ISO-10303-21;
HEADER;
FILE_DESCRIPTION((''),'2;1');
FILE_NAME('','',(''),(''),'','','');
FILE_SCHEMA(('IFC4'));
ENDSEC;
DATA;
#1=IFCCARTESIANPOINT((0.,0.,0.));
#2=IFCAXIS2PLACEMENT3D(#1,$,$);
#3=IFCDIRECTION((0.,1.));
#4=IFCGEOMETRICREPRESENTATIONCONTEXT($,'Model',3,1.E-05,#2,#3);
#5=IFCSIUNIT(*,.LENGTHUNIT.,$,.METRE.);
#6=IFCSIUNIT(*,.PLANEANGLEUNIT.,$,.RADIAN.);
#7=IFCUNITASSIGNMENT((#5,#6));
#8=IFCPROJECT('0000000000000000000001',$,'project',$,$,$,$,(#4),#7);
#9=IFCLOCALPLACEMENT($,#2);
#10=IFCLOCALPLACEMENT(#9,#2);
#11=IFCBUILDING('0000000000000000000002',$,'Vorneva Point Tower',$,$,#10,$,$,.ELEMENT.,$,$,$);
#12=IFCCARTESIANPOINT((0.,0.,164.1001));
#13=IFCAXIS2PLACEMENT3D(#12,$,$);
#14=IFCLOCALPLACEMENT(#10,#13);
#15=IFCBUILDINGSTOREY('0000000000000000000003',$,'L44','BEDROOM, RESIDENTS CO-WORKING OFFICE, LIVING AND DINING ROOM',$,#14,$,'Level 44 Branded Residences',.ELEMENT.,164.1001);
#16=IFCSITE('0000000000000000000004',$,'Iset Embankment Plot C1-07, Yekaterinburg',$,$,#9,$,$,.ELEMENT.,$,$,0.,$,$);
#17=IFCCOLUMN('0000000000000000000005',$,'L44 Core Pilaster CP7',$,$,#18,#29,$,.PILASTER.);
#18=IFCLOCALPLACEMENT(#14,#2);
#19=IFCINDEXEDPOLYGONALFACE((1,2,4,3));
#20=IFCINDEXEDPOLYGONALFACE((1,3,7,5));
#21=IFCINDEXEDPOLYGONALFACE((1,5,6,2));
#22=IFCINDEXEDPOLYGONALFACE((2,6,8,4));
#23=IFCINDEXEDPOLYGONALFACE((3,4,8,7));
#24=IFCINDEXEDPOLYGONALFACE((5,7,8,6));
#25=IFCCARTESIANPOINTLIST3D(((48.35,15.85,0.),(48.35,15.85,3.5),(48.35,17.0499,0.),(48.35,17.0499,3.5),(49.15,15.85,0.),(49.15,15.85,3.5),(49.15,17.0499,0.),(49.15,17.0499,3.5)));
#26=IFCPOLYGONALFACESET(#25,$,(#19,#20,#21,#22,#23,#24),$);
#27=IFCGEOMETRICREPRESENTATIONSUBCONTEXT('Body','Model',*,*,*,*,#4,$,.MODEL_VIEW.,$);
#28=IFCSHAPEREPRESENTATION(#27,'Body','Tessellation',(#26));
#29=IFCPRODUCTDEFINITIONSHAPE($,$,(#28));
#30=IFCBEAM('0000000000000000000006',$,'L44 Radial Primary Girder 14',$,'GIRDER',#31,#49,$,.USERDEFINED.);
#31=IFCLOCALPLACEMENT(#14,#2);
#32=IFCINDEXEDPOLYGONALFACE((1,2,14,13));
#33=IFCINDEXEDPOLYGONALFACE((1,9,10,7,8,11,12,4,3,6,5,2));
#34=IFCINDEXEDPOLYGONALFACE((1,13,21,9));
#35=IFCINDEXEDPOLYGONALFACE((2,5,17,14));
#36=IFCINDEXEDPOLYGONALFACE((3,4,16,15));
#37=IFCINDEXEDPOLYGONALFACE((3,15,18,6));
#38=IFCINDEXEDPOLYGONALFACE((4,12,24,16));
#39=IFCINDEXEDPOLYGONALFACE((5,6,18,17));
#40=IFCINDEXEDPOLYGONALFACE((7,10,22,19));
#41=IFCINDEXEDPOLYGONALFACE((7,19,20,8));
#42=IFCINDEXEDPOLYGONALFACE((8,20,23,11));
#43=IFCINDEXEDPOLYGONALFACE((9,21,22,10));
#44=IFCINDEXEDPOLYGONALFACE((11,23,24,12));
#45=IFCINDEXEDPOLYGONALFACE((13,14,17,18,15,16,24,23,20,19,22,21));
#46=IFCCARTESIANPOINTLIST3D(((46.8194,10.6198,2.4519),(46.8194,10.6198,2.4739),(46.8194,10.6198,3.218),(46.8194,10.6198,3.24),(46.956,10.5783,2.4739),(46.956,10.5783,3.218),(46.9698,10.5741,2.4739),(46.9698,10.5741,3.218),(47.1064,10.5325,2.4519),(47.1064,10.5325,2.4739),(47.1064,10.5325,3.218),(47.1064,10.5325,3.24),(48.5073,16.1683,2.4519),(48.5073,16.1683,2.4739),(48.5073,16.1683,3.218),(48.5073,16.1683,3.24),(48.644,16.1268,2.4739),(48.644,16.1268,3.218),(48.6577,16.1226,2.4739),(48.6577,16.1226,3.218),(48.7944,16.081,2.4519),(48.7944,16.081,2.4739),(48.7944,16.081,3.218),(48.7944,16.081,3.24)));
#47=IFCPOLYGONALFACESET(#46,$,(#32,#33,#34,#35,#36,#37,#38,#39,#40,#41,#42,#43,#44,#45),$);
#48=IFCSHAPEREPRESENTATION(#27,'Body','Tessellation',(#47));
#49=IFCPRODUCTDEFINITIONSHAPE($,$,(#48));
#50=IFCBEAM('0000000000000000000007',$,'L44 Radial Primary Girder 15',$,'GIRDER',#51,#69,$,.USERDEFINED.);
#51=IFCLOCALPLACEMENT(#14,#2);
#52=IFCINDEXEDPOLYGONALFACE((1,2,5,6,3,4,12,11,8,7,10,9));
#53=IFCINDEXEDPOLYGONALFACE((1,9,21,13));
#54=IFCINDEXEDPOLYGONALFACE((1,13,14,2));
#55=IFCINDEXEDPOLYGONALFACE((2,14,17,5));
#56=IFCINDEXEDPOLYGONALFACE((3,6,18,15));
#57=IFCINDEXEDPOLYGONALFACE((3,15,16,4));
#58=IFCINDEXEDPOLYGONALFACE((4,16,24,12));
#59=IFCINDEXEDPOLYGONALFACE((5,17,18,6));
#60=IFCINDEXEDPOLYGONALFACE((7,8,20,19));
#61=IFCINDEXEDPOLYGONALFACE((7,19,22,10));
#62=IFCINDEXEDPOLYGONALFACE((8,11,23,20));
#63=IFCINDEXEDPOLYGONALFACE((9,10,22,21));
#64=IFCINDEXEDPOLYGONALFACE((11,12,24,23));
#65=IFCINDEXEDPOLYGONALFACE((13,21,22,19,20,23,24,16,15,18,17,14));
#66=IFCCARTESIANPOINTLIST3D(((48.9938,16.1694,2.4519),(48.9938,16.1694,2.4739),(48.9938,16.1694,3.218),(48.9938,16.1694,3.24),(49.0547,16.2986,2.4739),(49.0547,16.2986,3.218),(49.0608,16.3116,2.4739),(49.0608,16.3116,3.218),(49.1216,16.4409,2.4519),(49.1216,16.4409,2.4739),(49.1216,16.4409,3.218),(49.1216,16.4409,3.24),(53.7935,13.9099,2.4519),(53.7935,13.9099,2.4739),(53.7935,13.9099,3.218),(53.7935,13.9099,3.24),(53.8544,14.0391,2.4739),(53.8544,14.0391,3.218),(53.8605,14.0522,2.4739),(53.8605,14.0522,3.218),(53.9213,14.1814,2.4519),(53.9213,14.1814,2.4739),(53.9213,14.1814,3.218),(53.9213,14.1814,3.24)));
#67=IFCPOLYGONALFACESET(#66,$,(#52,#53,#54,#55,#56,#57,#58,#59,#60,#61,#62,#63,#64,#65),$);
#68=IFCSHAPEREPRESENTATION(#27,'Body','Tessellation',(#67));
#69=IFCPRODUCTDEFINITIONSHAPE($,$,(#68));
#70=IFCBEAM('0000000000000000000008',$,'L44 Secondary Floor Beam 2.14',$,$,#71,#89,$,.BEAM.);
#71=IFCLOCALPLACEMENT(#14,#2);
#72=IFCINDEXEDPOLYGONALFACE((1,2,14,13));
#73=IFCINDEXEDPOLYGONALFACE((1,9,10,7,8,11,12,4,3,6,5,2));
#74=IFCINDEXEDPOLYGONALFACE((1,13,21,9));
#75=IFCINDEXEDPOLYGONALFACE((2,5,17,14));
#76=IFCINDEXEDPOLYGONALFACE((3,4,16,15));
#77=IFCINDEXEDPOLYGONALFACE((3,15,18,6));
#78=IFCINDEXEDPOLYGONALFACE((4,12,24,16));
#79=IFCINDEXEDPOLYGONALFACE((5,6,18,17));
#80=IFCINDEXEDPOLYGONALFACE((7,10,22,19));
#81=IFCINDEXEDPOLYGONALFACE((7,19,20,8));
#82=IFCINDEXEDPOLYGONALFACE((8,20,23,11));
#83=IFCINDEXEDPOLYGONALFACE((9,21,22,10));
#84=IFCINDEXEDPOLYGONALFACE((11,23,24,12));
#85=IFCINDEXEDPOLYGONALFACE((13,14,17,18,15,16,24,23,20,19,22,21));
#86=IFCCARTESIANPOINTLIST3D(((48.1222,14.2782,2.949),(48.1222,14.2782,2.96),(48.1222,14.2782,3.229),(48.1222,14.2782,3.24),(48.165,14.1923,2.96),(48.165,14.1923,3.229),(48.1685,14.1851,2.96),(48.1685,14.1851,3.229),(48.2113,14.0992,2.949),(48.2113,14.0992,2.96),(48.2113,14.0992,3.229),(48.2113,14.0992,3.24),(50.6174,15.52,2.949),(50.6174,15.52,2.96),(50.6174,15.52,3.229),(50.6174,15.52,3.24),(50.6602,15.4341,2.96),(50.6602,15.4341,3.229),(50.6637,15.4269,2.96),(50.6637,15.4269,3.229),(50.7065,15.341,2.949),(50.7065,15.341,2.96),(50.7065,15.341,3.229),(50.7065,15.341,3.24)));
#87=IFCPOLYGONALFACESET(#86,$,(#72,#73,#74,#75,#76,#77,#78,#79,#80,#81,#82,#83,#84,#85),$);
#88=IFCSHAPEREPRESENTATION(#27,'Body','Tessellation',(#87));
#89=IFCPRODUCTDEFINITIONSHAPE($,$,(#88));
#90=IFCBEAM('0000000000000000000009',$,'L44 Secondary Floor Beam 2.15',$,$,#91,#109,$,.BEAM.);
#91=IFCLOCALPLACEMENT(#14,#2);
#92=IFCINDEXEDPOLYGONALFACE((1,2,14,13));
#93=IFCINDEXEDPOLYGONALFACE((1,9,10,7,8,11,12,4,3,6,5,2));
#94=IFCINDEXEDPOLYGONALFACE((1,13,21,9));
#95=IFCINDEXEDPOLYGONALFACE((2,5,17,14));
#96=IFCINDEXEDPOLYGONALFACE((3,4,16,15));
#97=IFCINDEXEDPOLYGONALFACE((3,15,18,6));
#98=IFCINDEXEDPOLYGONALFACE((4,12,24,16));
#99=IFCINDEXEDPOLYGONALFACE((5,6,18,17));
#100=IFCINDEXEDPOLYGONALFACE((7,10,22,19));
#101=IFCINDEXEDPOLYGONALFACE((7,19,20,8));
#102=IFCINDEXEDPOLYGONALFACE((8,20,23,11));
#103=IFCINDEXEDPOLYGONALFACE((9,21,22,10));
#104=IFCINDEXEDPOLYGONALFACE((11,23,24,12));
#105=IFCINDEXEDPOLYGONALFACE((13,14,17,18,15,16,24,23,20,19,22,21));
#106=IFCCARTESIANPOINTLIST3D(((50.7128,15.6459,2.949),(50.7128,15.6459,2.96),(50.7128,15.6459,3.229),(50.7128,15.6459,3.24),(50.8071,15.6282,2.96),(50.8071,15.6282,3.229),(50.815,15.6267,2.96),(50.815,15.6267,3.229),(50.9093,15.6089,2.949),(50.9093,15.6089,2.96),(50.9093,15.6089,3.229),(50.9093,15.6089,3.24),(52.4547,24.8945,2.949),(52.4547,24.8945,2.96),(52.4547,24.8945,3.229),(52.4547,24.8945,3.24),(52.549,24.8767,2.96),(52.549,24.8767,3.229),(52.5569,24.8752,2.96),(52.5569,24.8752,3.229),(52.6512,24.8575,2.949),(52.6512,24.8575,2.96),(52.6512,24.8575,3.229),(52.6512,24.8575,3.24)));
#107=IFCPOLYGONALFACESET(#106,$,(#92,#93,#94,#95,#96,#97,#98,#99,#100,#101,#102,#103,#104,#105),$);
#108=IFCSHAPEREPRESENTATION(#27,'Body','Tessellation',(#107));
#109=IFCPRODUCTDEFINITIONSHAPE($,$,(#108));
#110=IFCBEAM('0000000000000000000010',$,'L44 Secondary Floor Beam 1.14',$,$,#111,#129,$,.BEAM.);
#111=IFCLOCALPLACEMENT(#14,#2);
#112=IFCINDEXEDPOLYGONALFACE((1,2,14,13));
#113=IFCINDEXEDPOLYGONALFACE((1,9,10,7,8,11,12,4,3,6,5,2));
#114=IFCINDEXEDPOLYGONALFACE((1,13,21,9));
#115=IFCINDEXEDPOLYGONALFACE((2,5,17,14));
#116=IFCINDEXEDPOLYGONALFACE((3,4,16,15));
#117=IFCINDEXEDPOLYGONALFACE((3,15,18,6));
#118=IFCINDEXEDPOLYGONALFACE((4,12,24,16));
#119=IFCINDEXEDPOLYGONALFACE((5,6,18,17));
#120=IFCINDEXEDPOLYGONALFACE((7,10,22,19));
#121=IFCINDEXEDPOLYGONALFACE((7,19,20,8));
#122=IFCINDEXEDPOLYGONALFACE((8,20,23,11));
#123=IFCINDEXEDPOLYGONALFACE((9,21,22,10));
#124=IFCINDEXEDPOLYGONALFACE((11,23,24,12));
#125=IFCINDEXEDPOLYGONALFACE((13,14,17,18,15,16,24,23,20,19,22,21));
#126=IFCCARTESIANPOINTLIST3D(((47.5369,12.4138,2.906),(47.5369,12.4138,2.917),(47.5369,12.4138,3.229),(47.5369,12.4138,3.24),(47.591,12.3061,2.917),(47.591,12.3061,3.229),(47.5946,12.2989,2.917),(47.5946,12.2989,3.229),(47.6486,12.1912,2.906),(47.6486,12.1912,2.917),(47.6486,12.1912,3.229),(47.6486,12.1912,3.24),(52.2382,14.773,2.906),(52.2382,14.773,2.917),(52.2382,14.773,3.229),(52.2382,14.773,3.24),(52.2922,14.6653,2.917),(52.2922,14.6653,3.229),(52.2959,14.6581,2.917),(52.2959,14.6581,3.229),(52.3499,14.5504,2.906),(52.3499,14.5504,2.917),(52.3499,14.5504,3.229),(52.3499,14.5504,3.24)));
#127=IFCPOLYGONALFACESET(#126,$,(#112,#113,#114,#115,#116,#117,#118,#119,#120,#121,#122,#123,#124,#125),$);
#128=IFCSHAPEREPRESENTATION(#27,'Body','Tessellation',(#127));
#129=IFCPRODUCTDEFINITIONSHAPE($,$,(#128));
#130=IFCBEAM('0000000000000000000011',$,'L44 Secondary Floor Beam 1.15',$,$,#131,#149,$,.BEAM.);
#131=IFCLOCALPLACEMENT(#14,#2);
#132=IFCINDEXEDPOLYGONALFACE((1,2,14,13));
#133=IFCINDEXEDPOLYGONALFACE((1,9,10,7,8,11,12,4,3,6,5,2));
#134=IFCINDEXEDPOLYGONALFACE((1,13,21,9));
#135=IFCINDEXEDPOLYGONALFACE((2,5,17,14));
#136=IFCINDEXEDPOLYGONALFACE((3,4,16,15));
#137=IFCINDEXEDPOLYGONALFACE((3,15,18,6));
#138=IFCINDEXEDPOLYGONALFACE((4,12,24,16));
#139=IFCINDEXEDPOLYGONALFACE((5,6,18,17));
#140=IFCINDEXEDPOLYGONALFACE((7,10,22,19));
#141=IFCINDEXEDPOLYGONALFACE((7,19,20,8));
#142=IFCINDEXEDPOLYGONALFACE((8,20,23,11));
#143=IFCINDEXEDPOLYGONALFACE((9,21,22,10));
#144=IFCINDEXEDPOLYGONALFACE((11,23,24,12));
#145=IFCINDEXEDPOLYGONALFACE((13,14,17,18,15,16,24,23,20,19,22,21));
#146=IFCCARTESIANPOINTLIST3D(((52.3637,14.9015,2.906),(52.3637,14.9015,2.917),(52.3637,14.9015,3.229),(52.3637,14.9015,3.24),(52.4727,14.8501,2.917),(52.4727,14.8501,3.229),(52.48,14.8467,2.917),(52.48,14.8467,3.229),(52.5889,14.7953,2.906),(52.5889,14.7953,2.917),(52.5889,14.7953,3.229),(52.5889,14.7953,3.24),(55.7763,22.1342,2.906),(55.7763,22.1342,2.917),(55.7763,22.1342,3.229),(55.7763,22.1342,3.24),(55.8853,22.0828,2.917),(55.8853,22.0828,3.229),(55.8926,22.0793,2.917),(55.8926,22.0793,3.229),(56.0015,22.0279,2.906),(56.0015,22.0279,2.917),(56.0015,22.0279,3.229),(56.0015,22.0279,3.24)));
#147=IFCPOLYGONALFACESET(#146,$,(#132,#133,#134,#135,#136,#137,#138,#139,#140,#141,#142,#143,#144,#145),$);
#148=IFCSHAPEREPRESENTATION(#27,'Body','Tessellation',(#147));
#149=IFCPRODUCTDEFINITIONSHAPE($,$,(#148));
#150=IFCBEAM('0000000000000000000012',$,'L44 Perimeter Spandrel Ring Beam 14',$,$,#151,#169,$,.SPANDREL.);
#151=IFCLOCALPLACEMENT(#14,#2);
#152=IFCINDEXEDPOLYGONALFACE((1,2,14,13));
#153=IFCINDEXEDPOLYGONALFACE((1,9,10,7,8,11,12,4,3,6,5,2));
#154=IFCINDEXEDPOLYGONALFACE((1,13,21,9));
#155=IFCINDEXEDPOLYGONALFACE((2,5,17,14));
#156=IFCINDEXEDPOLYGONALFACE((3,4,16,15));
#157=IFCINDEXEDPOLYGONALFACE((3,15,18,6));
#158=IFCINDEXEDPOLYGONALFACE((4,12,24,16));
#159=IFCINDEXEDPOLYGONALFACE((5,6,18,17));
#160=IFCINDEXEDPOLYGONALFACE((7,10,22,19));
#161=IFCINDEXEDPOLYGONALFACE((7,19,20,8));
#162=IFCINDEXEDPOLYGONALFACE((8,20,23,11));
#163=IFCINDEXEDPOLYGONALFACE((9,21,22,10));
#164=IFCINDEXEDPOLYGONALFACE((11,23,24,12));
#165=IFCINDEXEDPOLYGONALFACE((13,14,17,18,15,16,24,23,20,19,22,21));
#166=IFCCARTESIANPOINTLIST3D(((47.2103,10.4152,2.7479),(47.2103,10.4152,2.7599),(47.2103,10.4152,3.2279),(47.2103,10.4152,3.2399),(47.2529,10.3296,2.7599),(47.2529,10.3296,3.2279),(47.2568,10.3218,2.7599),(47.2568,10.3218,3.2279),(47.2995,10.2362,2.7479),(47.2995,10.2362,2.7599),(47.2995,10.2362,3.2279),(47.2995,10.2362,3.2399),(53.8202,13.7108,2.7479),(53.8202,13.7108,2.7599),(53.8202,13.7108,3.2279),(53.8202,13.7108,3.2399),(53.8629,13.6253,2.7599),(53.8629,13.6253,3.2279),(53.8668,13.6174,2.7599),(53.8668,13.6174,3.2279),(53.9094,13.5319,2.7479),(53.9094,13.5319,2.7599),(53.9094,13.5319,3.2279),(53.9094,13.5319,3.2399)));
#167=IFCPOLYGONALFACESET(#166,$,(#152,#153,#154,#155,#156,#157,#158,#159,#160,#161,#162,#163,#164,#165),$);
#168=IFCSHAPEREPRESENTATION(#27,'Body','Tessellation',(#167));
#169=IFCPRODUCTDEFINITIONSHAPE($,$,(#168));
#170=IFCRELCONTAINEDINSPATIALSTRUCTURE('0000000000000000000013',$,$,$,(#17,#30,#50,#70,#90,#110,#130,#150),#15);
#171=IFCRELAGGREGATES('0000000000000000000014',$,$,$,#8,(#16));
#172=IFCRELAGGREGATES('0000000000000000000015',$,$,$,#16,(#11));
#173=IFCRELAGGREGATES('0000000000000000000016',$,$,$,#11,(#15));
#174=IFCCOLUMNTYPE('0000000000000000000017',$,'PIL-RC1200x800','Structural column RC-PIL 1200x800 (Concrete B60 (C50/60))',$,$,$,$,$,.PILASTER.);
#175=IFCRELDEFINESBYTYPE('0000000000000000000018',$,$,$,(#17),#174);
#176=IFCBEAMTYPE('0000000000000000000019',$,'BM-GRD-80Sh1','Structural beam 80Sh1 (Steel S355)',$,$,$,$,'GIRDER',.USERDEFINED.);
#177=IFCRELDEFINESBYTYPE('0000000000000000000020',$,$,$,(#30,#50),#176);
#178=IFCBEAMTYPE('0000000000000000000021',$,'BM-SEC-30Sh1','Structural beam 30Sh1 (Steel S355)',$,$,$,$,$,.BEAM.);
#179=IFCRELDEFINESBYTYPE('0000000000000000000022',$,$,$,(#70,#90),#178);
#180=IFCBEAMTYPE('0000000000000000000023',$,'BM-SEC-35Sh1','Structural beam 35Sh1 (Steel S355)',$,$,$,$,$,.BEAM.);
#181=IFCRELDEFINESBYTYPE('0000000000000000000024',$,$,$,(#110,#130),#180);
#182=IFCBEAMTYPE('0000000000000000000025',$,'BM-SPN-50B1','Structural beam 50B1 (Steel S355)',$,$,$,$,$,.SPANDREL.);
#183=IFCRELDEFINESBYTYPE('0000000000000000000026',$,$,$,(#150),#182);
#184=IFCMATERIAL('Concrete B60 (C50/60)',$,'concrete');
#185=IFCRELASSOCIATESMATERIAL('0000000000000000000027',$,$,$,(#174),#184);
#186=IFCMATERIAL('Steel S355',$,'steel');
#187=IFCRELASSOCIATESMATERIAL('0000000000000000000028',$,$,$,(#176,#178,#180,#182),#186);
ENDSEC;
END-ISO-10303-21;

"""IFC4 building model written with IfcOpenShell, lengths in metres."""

from ifc_helpers import new_model, si_unit, direction, frame, origin, origin_2d, place, context, subcontext, project, spatial, rectangle, i_section, extrude, material, material_profile, profile_set, type_object, element, save


model = new_model("IFC4")

# Units and contexts
model_context = context("Model", 3, precision=1e-05, world=origin(), true_north=direction((0.0, 1.0)))
body_context = subcontext(model_context, "Body", "Model", "MODEL_VIEW")
ifc_project = project(units=[si_unit("LENGTHUNIT", "METRE"), si_unit("PLANEANGLEUNIT", "RADIAN")], contexts=[model_context])

# Site, building, storey
site_placement = place(None, origin())
site = spatial("IfcSite", under=ifc_project, at=site_placement, Name="Iset Embankment Plot C1-07, Yekaterinburg", CompositionType="ELEMENT", RefElevation=0.0)
building_placement = place(site_placement, origin())
building = spatial("IfcBuilding", under=site, at=building_placement, Name="Vorneva Point Tower", CompositionType="ELEMENT")
storey_placement = place(building_placement, frame((0.0, 0.0, 164.1001)))
storey = spatial("IfcBuildingStorey", under=building, at=storey_placement, Name="L44", Description="BEDROOM, RESIDENTS CO-WORKING OFFICE, LIVING AND DINING ROOM", LongName="Level 44 Branded Residences", CompositionType="ELEMENT", Elevation=164.1001)

# Column
ifc_material_1 = material(Name="Concrete B60 (C50/60)", Category="concrete")
ifc_material_profile_1 = material_profile(ifc_material_1, rectangle(XDim=0.8, YDim=1.2, at=origin_2d()), Name="RC-PIL 1200x800")
ifc_profile_set_1 = profile_set([ifc_material_profile_1], Name="Concrete B60 (C50/60)")
column_type_1 = type_object("IfcColumnType", Name="PIL-RC1200x800", Description="Structural column RC-PIL 1200x800 (Concrete B60 (C50/60))", PredefinedType="PILASTER", material=ifc_profile_set_1)
column_placement = place(storey_placement, frame((48.75, 16.45, 0.0), z_axis=(0.0, 0.0, 1.0), x_axis=(1.0, 0.0, 0.0)))
element("IfcColumn", 1, at=column_placement, inside=storey, type_object=column_type_1, Name="L44 Core Pilaster CP7", PredefinedType="PILASTER", context=body_context, shape_type="SweptSolid", body=[
    extrude(rectangle(XDim=0.8, YDim=1.2, at=origin_2d()), origin(), (0.0, 0.0, 1.0), 3.5),
])

# Beams
ifc_material_2 = material(Name="Steel S355", Category="steel")
ifc_material_profile_2 = material_profile(ifc_material_2, i_section(OverallWidth=0.3, OverallDepth=0.7881, WebThickness=0.0144, FlangeThickness=0.022, at=origin_2d()), Name="80Sh1")
ifc_profile_set_2 = profile_set([ifc_material_profile_2], Name="Steel S355")
beam_type_1 = type_object("IfcBeamType", Name="BM-GRD-80Sh1", Description="Structural beam 80Sh1 (Steel S355)", ElementType="GIRDER", PredefinedType="USERDEFINED", material=ifc_profile_set_2)
beam_1_placement = place(storey_placement, frame((46.9629, 10.5762, 2.8459), z_axis=(0.291049, 0.956708, 0.0), x_axis=(-0.956708, 0.291049, 0.0)))
element("IfcBeam", 2, at=beam_1_placement, inside=storey, type_object=beam_type_1, Name="L44 Radial Primary Girder 14", ObjectType="GIRDER", PredefinedType="USERDEFINED", context=body_context, shape_type="SweptSolid", body=[
    extrude(i_section(OverallWidth=0.3, OverallDepth=0.7881, WebThickness=0.0144, FlangeThickness=0.022, at=origin_2d()), origin(), (0.0, 0.0, 1.0), 5.7996),
])
beam_2_placement = place(storey_placement, frame((53.8574, 14.0457, 2.8459), z_axis=(-0.904761, 0.425919, 0.0), x_axis=(-0.425919, -0.904761, 0.0)))
element("IfcBeam", 3, at=beam_2_placement, inside=storey, type_object=beam_type_1, Name="L44 Radial Primary Girder 15", ObjectType="GIRDER", PredefinedType="USERDEFINED", context=body_context, shape_type="SweptSolid", body=[
    extrude(i_section(OverallWidth=0.3, OverallDepth=0.7881, WebThickness=0.0144, FlangeThickness=0.022, at=origin_2d()), origin(), (0.0, 0.0, 1.0), 5.3049),
])
ifc_material_profile_3 = material_profile(ifc_material_2, i_section(OverallWidth=0.2, OverallDepth=0.291, WebThickness=0.0081, FlangeThickness=0.011, at=origin_2d()), Name="30Sh1")
ifc_profile_set_3 = profile_set([ifc_material_profile_3], Name="Steel S355")
beam_type_2 = type_object("IfcBeamType", Name="BM-SEC-30Sh1", Description="Structural beam 30Sh1 (Steel S355)", PredefinedType="BEAM", material=ifc_profile_set_3)
beam_3_placement = place(storey_placement, frame((48.1667, 14.1887, 3.0945), z_axis=(0.895267, 0.445531, 0.0), x_axis=(-0.445531, 0.895267, 0.0)))
element("IfcBeam", 4, at=beam_3_placement, inside=storey, type_object=beam_type_2, Name="L44 Secondary Floor Beam 2.14", PredefinedType="BEAM", context=body_context, shape_type="SweptSolid", body=[
    extrude(i_section(OverallWidth=0.2, OverallDepth=0.291, WebThickness=0.0081, FlangeThickness=0.011, at=origin_2d()), origin(), (0.0, 0.0, 1.0), 2.7871),
])
beam_4_placement = place(storey_placement, frame((50.811, 15.6274, 3.0945), z_axis=(0.185094, 0.982721, 0.0), x_axis=(-0.982721, 0.185094, 0.0)))
element("IfcBeam", 5, at=beam_4_placement, inside=storey, type_object=beam_type_2, Name="L44 Secondary Floor Beam 2.15", PredefinedType="BEAM", context=body_context, shape_type="SweptSolid", body=[
    extrude(i_section(OverallWidth=0.2, OverallDepth=0.291, WebThickness=0.0081, FlangeThickness=0.011, at=origin_2d()), origin(), (0.0, 0.0, 1.0), 9.4111),
])
ifc_material_profile_4 = material_profile(ifc_material_2, i_section(OverallWidth=0.249, OverallDepth=0.334, WebThickness=0.0081, FlangeThickness=0.011, at=origin_2d()), Name="35Sh1")
ifc_profile_set_4 = profile_set([ifc_material_profile_4], Name="Steel S355")
beam_type_3 = type_object("IfcBeamType", Name="BM-SEC-35Sh1", Description="Structural beam 35Sh1 (Steel S355)", PredefinedType="BEAM", material=ifc_profile_set_4)
beam_5_placement = place(storey_placement, frame((47.5928, 12.3025, 3.073), z_axis=(0.893776, 0.448513, 0.0), x_axis=(-0.448513, 0.893776, 0.0)))
element("IfcBeam", 6, at=beam_5_placement, inside=storey, type_object=beam_type_3, Name="L44 Secondary Floor Beam 1.14", PredefinedType="BEAM", context=body_context, shape_type="SweptSolid", body=[
    extrude(i_section(OverallWidth=0.249, OverallDepth=0.334, WebThickness=0.0081, FlangeThickness=0.011, at=origin_2d()), origin(), (0.0, 0.0, 1.0), 5.26),
])
beam_6_placement = place(storey_placement, frame((52.4763, 14.8484, 3.073), z_axis=(0.426717, 0.904385, 0.0), x_axis=(-0.904385, 0.426717, 0.0)))
element("IfcBeam", 7, at=beam_6_placement, inside=storey, type_object=beam_type_3, Name="L44 Secondary Floor Beam 1.15", PredefinedType="BEAM", context=body_context, shape_type="SweptSolid", body=[
    extrude(i_section(OverallWidth=0.249, OverallDepth=0.334, WebThickness=0.0081, FlangeThickness=0.011, at=origin_2d()), origin(), (0.0, 0.0, 1.0), 7.9973),
])
ifc_material_profile_5 = material_profile(ifc_material_2, i_section(OverallWidth=0.2, OverallDepth=0.4919, WebThickness=0.0088, FlangeThickness=0.012, at=origin_2d()), Name="50B1")
ifc_profile_set_5 = profile_set([ifc_material_profile_5], Name="Steel S355")
beam_type_4 = type_object("IfcBeamType", Name="BM-SPN-50B1", Description="Structural beam 50B1 (Steel S355)", PredefinedType="SPANDREL", material=ifc_profile_set_5)
beam_7_placement = place(storey_placement, frame((47.2549, 10.3257, 2.9939), z_axis=(0.894929, 0.446208, 0.0), x_axis=(-0.446208, 0.894929, 0.0)))
element("IfcBeam", 8, at=beam_7_placement, inside=storey, type_object=beam_type_4, Name="L44 Perimeter Spandrel Ring Beam 14", PredefinedType="SPANDREL", context=body_context, shape_type="SweptSolid", body=[
    extrude(i_section(OverallWidth=0.2, OverallDepth=0.4919, WebThickness=0.0088, FlangeThickness=0.012, at=origin_2d()), origin(), (0.0, 0.0, 1.0), 7.386),
])

save(model, "model.ifc")
